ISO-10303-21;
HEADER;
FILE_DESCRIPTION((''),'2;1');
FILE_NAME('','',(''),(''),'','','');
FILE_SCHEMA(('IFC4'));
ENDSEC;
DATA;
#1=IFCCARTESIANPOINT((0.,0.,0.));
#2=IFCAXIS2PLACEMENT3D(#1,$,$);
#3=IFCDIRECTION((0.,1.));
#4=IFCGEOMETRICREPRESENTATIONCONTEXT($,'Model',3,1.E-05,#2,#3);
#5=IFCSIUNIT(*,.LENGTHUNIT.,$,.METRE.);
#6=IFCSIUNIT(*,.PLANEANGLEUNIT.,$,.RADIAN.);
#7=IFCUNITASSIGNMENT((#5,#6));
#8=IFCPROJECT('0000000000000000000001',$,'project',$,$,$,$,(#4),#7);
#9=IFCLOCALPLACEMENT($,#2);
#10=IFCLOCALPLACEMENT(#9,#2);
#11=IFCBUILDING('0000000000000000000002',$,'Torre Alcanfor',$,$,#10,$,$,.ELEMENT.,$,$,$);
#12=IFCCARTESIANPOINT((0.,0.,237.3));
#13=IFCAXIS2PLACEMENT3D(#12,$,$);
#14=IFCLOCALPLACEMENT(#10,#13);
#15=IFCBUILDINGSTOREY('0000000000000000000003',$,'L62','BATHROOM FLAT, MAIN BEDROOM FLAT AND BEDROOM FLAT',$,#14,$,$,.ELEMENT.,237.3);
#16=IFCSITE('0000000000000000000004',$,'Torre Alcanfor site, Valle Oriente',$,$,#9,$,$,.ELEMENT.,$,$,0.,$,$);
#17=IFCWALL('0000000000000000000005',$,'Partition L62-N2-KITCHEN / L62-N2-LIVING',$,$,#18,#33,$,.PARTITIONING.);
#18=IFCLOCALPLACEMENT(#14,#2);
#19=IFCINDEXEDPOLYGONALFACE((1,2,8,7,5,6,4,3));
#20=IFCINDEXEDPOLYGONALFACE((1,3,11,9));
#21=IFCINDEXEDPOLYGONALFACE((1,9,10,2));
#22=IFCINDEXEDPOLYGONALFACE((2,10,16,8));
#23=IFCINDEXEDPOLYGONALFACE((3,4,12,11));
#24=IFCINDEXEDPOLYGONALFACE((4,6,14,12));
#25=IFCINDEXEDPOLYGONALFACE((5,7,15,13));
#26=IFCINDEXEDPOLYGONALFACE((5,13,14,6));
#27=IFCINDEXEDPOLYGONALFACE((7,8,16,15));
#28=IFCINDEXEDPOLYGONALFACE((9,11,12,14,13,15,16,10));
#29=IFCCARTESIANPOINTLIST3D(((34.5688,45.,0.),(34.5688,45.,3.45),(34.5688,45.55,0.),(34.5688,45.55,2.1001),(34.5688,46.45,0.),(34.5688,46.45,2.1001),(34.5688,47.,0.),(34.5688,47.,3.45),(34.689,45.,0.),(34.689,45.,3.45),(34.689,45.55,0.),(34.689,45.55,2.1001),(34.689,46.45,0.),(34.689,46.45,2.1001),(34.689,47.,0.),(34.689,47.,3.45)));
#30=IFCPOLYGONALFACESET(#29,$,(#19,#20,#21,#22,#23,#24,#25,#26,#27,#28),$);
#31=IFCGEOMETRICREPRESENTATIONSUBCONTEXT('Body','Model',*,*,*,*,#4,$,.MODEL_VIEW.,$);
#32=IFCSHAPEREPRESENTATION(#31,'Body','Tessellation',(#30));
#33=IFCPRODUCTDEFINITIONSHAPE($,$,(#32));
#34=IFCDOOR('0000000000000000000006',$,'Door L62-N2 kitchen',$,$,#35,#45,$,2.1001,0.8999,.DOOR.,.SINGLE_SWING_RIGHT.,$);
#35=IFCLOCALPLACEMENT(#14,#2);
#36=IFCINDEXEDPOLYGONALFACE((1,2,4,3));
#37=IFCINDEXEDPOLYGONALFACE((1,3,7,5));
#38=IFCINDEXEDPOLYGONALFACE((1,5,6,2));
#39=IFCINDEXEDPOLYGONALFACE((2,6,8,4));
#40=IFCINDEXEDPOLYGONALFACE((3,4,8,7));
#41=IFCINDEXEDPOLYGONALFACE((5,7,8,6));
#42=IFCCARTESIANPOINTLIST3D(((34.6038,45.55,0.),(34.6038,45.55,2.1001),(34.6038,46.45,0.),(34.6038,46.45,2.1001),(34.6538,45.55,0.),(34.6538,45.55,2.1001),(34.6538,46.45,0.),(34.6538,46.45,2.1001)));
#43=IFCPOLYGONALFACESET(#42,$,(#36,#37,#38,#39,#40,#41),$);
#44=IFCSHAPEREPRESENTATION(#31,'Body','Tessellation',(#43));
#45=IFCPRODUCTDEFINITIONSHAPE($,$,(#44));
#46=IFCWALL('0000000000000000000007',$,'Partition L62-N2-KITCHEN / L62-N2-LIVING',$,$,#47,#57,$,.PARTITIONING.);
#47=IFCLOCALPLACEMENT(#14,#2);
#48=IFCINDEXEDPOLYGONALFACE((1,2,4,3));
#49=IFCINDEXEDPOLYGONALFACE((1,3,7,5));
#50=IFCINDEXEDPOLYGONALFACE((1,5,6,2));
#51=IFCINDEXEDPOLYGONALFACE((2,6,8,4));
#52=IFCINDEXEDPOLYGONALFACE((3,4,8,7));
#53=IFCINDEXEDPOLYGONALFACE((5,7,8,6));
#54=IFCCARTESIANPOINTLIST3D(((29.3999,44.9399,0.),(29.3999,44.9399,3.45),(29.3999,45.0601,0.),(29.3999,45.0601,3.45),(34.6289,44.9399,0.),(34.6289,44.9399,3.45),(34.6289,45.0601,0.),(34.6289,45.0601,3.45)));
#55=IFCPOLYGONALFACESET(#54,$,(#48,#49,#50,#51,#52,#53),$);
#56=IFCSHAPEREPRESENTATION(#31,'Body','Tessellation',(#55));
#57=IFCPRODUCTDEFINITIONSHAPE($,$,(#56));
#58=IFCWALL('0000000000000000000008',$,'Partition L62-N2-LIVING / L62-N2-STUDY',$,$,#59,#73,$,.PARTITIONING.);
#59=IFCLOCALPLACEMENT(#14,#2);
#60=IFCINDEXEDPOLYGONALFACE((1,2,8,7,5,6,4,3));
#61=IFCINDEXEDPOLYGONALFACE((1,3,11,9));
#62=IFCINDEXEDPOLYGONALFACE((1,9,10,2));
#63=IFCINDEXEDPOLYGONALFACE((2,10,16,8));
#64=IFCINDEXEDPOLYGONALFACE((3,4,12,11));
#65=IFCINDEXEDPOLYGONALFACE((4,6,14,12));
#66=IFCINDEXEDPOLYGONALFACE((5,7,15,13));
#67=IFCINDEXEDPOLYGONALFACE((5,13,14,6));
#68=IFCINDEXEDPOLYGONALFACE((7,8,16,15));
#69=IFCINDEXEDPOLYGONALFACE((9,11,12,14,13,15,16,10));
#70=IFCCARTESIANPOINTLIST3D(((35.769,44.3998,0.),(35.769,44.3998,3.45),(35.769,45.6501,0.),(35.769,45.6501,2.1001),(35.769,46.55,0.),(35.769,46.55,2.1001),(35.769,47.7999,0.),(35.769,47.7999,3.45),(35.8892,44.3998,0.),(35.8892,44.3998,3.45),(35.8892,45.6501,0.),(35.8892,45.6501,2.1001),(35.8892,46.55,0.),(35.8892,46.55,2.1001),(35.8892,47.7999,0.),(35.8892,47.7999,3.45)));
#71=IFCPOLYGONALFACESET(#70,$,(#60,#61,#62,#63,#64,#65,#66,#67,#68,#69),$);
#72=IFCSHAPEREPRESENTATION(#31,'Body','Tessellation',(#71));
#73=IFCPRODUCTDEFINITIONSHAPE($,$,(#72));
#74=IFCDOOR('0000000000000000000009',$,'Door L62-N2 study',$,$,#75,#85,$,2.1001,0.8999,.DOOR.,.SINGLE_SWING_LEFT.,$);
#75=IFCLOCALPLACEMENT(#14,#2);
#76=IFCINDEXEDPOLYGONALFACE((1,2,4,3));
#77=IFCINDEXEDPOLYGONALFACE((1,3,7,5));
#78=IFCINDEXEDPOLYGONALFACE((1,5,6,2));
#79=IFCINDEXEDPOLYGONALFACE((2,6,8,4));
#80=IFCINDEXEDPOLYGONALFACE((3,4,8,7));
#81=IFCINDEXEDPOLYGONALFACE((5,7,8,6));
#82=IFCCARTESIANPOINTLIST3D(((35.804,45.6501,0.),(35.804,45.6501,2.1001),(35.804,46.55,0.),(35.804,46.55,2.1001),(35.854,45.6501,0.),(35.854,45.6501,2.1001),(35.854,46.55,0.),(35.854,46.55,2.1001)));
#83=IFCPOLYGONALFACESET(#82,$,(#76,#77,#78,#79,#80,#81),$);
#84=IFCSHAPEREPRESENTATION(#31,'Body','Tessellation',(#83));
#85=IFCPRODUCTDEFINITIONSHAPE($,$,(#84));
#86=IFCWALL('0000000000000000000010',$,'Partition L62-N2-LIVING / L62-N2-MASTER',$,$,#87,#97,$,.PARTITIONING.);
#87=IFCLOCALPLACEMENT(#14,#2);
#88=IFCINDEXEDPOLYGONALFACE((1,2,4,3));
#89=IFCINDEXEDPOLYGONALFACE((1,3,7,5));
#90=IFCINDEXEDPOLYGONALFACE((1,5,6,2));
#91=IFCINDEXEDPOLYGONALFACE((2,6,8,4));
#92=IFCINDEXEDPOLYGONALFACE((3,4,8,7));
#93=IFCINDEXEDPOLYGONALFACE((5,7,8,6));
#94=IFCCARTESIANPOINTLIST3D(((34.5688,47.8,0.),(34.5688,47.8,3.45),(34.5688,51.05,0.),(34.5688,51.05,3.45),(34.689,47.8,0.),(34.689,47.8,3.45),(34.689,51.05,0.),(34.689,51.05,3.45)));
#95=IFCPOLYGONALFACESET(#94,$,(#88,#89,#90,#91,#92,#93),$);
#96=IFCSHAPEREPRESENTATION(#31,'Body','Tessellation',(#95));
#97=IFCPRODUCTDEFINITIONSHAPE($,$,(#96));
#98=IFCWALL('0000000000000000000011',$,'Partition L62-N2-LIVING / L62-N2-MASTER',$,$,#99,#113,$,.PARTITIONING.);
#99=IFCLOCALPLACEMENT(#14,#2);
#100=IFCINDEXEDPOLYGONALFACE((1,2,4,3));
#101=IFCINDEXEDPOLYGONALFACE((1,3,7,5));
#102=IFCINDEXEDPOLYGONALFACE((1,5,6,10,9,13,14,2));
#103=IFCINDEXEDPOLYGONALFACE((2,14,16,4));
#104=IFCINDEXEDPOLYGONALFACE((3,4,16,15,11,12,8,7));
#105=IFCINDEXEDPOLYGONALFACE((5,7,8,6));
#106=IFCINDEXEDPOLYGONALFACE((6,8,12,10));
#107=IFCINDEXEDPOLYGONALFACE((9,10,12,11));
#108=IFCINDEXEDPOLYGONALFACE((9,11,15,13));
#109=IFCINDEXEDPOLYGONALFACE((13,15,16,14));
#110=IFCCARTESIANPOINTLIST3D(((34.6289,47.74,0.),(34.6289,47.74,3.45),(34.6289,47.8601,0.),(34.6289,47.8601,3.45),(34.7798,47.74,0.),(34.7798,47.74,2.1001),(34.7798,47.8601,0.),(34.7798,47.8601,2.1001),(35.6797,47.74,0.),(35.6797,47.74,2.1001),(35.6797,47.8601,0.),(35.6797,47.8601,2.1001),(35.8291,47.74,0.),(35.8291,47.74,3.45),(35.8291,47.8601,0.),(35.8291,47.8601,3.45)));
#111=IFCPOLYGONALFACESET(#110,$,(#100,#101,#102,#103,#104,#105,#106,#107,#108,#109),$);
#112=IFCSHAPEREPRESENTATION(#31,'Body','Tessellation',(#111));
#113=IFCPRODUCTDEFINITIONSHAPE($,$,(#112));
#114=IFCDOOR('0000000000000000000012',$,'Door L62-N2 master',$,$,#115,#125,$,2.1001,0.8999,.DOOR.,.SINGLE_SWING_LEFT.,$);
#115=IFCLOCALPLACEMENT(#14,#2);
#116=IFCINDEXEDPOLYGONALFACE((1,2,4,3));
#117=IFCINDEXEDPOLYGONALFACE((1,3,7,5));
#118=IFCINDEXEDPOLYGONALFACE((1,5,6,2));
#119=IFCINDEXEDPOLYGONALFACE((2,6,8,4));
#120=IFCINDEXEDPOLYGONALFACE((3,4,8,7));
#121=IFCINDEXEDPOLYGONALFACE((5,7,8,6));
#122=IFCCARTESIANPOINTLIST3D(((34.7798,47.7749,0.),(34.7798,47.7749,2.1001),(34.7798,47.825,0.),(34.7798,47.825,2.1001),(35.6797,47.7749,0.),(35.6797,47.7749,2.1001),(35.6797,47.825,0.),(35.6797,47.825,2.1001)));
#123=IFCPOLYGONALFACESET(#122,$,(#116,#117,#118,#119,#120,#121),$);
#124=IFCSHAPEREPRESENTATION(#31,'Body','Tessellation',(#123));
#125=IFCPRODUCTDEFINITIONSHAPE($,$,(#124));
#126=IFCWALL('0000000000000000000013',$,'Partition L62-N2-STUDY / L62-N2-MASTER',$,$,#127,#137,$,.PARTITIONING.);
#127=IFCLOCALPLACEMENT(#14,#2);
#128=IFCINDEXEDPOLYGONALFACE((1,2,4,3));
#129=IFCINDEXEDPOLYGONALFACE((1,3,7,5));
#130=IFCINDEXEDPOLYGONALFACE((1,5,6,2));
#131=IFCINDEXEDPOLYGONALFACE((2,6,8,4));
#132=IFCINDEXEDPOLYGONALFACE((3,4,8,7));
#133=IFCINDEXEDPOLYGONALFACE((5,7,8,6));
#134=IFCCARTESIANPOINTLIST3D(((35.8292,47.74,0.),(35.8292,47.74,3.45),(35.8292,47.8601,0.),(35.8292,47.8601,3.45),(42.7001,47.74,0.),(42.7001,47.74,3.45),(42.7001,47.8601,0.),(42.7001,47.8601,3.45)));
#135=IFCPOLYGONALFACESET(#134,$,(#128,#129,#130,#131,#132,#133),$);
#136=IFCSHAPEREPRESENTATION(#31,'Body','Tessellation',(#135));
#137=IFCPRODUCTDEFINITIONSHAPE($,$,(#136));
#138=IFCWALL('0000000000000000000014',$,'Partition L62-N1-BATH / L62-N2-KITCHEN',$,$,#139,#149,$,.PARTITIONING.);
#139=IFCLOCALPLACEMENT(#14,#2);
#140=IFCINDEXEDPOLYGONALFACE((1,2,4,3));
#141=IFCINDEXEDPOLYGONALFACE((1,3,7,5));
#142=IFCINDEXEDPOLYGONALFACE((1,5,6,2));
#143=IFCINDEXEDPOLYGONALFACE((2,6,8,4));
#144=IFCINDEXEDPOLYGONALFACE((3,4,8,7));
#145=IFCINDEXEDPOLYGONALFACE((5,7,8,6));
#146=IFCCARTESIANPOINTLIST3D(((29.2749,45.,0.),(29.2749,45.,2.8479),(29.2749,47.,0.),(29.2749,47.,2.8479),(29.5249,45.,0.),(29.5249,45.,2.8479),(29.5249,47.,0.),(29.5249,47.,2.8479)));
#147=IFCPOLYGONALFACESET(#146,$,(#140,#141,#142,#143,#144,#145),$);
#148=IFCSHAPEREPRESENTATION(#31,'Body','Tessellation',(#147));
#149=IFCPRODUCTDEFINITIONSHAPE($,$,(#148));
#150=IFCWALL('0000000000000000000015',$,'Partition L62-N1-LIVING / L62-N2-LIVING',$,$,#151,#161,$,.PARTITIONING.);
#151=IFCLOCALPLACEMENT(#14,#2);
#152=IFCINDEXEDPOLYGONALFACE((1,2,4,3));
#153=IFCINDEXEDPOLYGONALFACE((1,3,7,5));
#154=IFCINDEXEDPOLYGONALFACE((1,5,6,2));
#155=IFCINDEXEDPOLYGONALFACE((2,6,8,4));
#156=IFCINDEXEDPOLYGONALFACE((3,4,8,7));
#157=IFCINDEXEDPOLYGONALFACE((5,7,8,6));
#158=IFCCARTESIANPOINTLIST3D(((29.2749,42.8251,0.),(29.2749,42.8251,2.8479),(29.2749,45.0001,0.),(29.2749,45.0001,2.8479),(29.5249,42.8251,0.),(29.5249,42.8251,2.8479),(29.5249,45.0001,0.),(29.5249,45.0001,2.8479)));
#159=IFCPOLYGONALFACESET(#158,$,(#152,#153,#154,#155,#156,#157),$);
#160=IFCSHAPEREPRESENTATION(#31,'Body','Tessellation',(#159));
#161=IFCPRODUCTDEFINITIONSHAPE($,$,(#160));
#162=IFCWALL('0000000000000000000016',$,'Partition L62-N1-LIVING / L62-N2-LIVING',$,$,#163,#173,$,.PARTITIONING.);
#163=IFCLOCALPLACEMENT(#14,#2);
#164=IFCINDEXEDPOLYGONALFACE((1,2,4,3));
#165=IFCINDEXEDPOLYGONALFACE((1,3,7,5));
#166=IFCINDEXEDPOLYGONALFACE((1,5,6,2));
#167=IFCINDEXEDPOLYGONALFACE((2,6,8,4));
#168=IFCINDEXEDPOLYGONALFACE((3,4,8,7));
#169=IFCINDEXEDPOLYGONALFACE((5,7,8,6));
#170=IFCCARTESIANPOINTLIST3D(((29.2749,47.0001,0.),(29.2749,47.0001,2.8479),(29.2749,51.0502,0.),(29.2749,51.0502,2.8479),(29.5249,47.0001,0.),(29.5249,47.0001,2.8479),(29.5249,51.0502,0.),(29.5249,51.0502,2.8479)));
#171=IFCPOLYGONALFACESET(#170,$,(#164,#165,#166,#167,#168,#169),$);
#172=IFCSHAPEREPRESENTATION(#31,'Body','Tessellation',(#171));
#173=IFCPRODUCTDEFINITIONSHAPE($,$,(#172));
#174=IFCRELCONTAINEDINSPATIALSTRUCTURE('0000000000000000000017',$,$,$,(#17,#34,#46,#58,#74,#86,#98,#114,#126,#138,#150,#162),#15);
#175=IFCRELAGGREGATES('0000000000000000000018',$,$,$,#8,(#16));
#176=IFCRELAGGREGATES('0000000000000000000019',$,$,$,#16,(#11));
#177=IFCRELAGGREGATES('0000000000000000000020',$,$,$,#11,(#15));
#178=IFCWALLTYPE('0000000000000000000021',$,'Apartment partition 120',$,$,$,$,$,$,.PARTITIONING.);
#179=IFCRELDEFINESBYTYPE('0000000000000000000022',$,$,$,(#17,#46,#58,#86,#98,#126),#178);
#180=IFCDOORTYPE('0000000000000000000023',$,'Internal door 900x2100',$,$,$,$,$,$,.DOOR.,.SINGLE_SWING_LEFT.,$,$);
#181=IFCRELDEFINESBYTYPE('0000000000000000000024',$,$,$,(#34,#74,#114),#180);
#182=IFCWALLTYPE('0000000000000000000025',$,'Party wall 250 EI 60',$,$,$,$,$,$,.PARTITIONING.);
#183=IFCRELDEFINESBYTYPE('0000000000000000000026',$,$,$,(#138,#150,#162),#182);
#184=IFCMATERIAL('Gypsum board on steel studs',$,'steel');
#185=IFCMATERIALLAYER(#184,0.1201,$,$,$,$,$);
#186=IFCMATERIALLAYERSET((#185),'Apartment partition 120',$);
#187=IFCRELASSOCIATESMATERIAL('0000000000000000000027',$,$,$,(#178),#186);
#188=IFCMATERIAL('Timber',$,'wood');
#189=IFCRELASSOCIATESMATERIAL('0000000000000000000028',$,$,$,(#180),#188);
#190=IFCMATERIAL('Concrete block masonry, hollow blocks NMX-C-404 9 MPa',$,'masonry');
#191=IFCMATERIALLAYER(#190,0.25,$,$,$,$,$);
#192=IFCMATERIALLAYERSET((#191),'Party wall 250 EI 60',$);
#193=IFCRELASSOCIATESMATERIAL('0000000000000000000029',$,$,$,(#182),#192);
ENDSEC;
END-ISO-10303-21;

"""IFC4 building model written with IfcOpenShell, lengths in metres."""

from ifc_helpers import new_model, si_unit, direction, frame, frame_2d, origin, place, context, subcontext, project, spatial, rectangle, extrude, material, layer, layer_set, type_object, element, fill, save


model = new_model("IFC4")

# Units and contexts
model_context = context("Model", 3, precision=1e-05, world=origin(), true_north=direction((0.0, 1.0)))
body_context = subcontext(model_context, "Body", "Model", "MODEL_VIEW")
ifc_project = project(units=[si_unit("LENGTHUNIT", "METRE"), si_unit("PLANEANGLEUNIT", "RADIAN")], contexts=[model_context])

# Site, building, storey
site_placement = place(None, origin())
site = spatial("IfcSite", under=ifc_project, at=site_placement, Name="Torre Alcanfor site, Valle Oriente", CompositionType="ELEMENT", RefElevation=0.0)
building_placement = place(site_placement, origin())
building = spatial("IfcBuilding", under=site, at=building_placement, Name="Torre Alcanfor", CompositionType="ELEMENT")
storey_placement = place(building_placement, frame((0.0, 0.0, 237.3)))
storey = spatial("IfcBuildingStorey", under=building, at=storey_placement, Name="L62", Description="BATHROOM FLAT, MAIN BEDROOM FLAT AND BEDROOM FLAT", CompositionType="ELEMENT", Elevation=237.3)

# Shared definitions
ifc_material_1 = material(Name="Gypsum board on steel studs", Category="steel")
ifc_layer_1 = layer(ifc_material_1, 0.1201)
ifc_layer_set_1 = layer_set([ifc_layer_1], Name="Apartment partition 120")
wall_type_1 = type_object("IfcWallType", Name="Apartment partition 120", PredefinedType="PARTITIONING", material=ifc_layer_set_1)

# Wall, opening, door
wall_1_placement = place(storey_placement, frame((34.6289, 47.0, 0.0), z_axis=(0.0, 0.0, 1.0), x_axis=(0.0, -1.0, 0.0)))
wall_1 = element("IfcWall", 1, at=wall_1_placement, inside=storey, type_object=wall_type_1, Name="Partition L62-N2-KITCHEN / L62-N2-LIVING", PredefinedType="PARTITIONING", context=body_context, shape_type="SweptSolid", body=[
    extrude(rectangle(XDim=2.0, YDim=0.1201, at=frame_2d((1.0, 0.0))), origin(), (0.0, 0.0, 1.0), 3.45),
])
opening_1_placement = place(wall_1_placement, frame((0.55, 0.0, 0.0)))
opening_1 = element("IfcOpeningElement", 2, at=opening_1_placement, cuts=wall_1, PredefinedType="OPENING", context=body_context, shape_type="SweptSolid", body=[
    extrude(rectangle(XDim=0.8999, YDim=2.1001, at=frame_2d((0.45, 1.05))), frame((0.0, 0.0701, 0.0), z_axis=(0.0, -1.0, 0.0), x_axis=(1.0, 0.0, 0.0)), (0.0, 0.0, 1.0), 0.1401),
])
ifc_material_2 = material(Name="Timber", Category="wood")
door_type_1 = type_object("IfcDoorType", Name="Internal door 900x2100", OperationType="SINGLE_SWING_LEFT", PredefinedType="DOOR", material=ifc_material_2)
door_1_placement = place(opening_1_placement, frame((0.8999, 0.0, 0.0), z_axis=(0.0, 0.0, 1.0), x_axis=(-1.0, 0.0, 0.0)))
door_1 = element("IfcDoor", 3, at=door_1_placement, inside=storey, type_object=door_type_1, Name="Door L62-N2 kitchen", OperationType="SINGLE_SWING_RIGHT", OverallHeight=2.1001, OverallWidth=0.8999, PredefinedType="DOOR", context=body_context, shape_type="SweptSolid", body=[
    extrude(rectangle(XDim=0.8999, YDim=2.1001, at=frame_2d((0.45, 1.05))), frame((0.0, 0.0251, 0.0), z_axis=(0.0, -1.0, 0.0), x_axis=(1.0, 0.0, 0.0)), (0.0, 0.0, 1.0), 0.05),
])
fill(opening_1, door_1)

# Wall
wall_2_placement = place(storey_placement, frame((34.6289, 45.0, 0.0), z_axis=(0.0, 0.0, 1.0), x_axis=(-1.0, 0.0, 0.0)))
element("IfcWall", 4, at=wall_2_placement, inside=storey, type_object=wall_type_1, Name="Partition L62-N2-KITCHEN / L62-N2-LIVING", PredefinedType="PARTITIONING", context=body_context, shape_type="SweptSolid", body=[
    extrude(rectangle(XDim=5.229, YDim=0.1201, at=frame_2d((2.6145, 0.0))), origin(), (0.0, 0.0, 1.0), 3.45),
])

# Wall, opening, door
wall_3_placement = place(storey_placement, frame((35.8291, 47.8, 0.0), z_axis=(0.0, 0.0, 1.0), x_axis=(0.0, -1.0, 0.0)))
wall_3 = element("IfcWall", 5, at=wall_3_placement, inside=storey, type_object=wall_type_1, Name="Partition L62-N2-LIVING / L62-N2-STUDY", PredefinedType="PARTITIONING", context=body_context, shape_type="SweptSolid", body=[
    extrude(rectangle(XDim=3.4001, YDim=0.1201, at=frame_2d((1.7002, 0.0))), origin(), (0.0, 0.0, 1.0), 3.45),
])
opening_2_placement = place(wall_3_placement, frame((1.25, 0.0, 0.0)))
opening_2 = element("IfcOpeningElement", 6, at=opening_2_placement, cuts=wall_3, PredefinedType="OPENING", context=body_context, shape_type="SweptSolid", body=[
    extrude(rectangle(XDim=0.8999, YDim=2.1001, at=frame_2d((0.45, 1.05))), frame((0.0, 0.0701, 0.0), z_axis=(0.0, -1.0, 0.0), x_axis=(1.0, 0.0, 0.0)), (0.0, 0.0, 1.0), 0.1401),
])
door_2_placement = place(opening_2_placement, origin())
door_2 = element("IfcDoor", 7, at=door_2_placement, inside=storey, type_object=door_type_1, Name="Door L62-N2 study", OperationType="SINGLE_SWING_LEFT", OverallHeight=2.1001, OverallWidth=0.8999, PredefinedType="DOOR", context=body_context, shape_type="SweptSolid", body=[
    extrude(rectangle(XDim=0.8999, YDim=2.1001, at=frame_2d((0.45, 1.05))), frame((0.0, 0.0249, 0.0), z_axis=(0.0, -1.0, 0.0), x_axis=(1.0, 0.0, 0.0)), (0.0, 0.0, 1.0), 0.05),
])
fill(opening_2, door_2)

# Wall
wall_4_placement = place(storey_placement, frame((34.6289, 51.05, 0.0), z_axis=(0.0, 0.0, 1.0), x_axis=(0.0, -1.0, 0.0)))
element("IfcWall", 8, at=wall_4_placement, inside=storey, type_object=wall_type_1, Name="Partition L62-N2-LIVING / L62-N2-MASTER", PredefinedType="PARTITIONING", context=body_context, shape_type="SweptSolid", body=[
    extrude(rectangle(XDim=3.25, YDim=0.1201, at=frame_2d((1.625, 0.0))), origin(), (0.0, 0.0, 1.0), 3.45),
])

# Wall, opening, door
wall_5_placement = place(storey_placement, frame((34.6289, 47.8, 0.0), z_axis=(0.0, 0.0, 1.0), x_axis=(1.0, 0.0, 0.0)))
wall_5 = element("IfcWall", 9, at=wall_5_placement, inside=storey, type_object=wall_type_1, Name="Partition L62-N2-LIVING / L62-N2-MASTER", PredefinedType="PARTITIONING", context=body_context, shape_type="SweptSolid", body=[
    extrude(rectangle(XDim=1.2002, YDim=0.1201, at=frame_2d((0.6001, 0.0))), origin(), (0.0, 0.0, 1.0), 3.45),
])
opening_3_placement = place(wall_5_placement, frame((0.1509, 0.0, 0.0)))
opening_3 = element("IfcOpeningElement", 10, at=opening_3_placement, cuts=wall_5, PredefinedType="OPENING", context=body_context, shape_type="SweptSolid", body=[
    extrude(rectangle(XDim=0.8999, YDim=2.1001, at=frame_2d((0.45, 1.05))), frame((0.0, 0.0701, 0.0), z_axis=(0.0, -1.0, 0.0), x_axis=(1.0, 0.0, 0.0)), (0.0, 0.0, 1.0), 0.1401),
])
door_3_placement = place(opening_3_placement, origin())
door_3 = element("IfcDoor", 11, at=door_3_placement, inside=storey, type_object=door_type_1, Name="Door L62-N2 master", OperationType="SINGLE_SWING_LEFT", OverallHeight=2.1001, OverallWidth=0.8999, PredefinedType="DOOR", context=body_context, shape_type="SweptSolid", body=[
    extrude(rectangle(XDim=0.8999, YDim=2.1001, at=frame_2d((0.45, 1.05))), frame((0.0, 0.0249, 0.0), z_axis=(0.0, -1.0, 0.0), x_axis=(1.0, 0.0, 0.0)), (0.0, 0.0, 1.0), 0.05),
])
fill(opening_3, door_3)

# Walls
wall_6_placement = place(storey_placement, frame((35.8291, 47.8, 0.0), z_axis=(0.0, 0.0, 1.0), x_axis=(1.0, 0.0, 0.0)))
element("IfcWall", 12, at=wall_6_placement, inside=storey, type_object=wall_type_1, Name="Partition L62-N2-STUDY / L62-N2-MASTER", PredefinedType="PARTITIONING", context=body_context, shape_type="SweptSolid", body=[
    extrude(rectangle(XDim=6.8708, YDim=0.1201, at=frame_2d((3.4355, 0.0))), origin(), (0.0, 0.0, 1.0), 3.45),
])
ifc_material_3 = material(Name="Concrete block masonry, hollow blocks NMX-C-404 9 MPa", Category="masonry")
ifc_layer_2 = layer(ifc_material_3, 0.25)
ifc_layer_set_2 = layer_set([ifc_layer_2], Name="Party wall 250 EI 60")
wall_type_2 = type_object("IfcWallType", Name="Party wall 250 EI 60", PredefinedType="PARTITIONING", material=ifc_layer_set_2)
wall_7_placement = place(storey_placement, frame((29.3999, 45.0, 0.0), z_axis=(0.0, 0.0, 1.0), x_axis=(0.0, 1.0, 0.0)))
element("IfcWall", 13, at=wall_7_placement, inside=storey, type_object=wall_type_2, Name="Partition L62-N1-BATH / L62-N2-KITCHEN", PredefinedType="PARTITIONING", context=body_context, shape_type="SweptSolid", body=[
    extrude(rectangle(XDim=2.0, YDim=0.25, at=frame_2d((1.0, 0.0))), origin(), (0.0, 0.0, 1.0), 2.8479),
])
wall_8_placement = place(storey_placement, frame((29.3999, 45.0, 0.0), z_axis=(0.0, 0.0, 1.0), x_axis=(0.0, -1.0, 0.0)))
element("IfcWall", 14, at=wall_8_placement, inside=storey, type_object=wall_type_2, Name="Partition L62-N1-LIVING / L62-N2-LIVING", PredefinedType="PARTITIONING", context=body_context, shape_type="SweptSolid", body=[
    extrude(rectangle(XDim=2.175, YDim=0.25, at=frame_2d((1.0874, 0.0))), origin(), (0.0, 0.0, 1.0), 2.8479),
])
wall_9_placement = place(storey_placement, frame((29.3999, 51.05, 0.0), z_axis=(0.0, 0.0, 1.0), x_axis=(0.0, -1.0, 0.0)))
element("IfcWall", 15, at=wall_9_placement, inside=storey, type_object=wall_type_2, Name="Partition L62-N1-LIVING / L62-N2-LIVING", PredefinedType="PARTITIONING", context=body_context, shape_type="SweptSolid", body=[
    extrude(rectangle(XDim=4.05, YDim=0.25, at=frame_2d((2.0249, 0.0))), origin(), (0.0, 0.0, 1.0), 2.8479),
])

save(model, "model.ifc")
